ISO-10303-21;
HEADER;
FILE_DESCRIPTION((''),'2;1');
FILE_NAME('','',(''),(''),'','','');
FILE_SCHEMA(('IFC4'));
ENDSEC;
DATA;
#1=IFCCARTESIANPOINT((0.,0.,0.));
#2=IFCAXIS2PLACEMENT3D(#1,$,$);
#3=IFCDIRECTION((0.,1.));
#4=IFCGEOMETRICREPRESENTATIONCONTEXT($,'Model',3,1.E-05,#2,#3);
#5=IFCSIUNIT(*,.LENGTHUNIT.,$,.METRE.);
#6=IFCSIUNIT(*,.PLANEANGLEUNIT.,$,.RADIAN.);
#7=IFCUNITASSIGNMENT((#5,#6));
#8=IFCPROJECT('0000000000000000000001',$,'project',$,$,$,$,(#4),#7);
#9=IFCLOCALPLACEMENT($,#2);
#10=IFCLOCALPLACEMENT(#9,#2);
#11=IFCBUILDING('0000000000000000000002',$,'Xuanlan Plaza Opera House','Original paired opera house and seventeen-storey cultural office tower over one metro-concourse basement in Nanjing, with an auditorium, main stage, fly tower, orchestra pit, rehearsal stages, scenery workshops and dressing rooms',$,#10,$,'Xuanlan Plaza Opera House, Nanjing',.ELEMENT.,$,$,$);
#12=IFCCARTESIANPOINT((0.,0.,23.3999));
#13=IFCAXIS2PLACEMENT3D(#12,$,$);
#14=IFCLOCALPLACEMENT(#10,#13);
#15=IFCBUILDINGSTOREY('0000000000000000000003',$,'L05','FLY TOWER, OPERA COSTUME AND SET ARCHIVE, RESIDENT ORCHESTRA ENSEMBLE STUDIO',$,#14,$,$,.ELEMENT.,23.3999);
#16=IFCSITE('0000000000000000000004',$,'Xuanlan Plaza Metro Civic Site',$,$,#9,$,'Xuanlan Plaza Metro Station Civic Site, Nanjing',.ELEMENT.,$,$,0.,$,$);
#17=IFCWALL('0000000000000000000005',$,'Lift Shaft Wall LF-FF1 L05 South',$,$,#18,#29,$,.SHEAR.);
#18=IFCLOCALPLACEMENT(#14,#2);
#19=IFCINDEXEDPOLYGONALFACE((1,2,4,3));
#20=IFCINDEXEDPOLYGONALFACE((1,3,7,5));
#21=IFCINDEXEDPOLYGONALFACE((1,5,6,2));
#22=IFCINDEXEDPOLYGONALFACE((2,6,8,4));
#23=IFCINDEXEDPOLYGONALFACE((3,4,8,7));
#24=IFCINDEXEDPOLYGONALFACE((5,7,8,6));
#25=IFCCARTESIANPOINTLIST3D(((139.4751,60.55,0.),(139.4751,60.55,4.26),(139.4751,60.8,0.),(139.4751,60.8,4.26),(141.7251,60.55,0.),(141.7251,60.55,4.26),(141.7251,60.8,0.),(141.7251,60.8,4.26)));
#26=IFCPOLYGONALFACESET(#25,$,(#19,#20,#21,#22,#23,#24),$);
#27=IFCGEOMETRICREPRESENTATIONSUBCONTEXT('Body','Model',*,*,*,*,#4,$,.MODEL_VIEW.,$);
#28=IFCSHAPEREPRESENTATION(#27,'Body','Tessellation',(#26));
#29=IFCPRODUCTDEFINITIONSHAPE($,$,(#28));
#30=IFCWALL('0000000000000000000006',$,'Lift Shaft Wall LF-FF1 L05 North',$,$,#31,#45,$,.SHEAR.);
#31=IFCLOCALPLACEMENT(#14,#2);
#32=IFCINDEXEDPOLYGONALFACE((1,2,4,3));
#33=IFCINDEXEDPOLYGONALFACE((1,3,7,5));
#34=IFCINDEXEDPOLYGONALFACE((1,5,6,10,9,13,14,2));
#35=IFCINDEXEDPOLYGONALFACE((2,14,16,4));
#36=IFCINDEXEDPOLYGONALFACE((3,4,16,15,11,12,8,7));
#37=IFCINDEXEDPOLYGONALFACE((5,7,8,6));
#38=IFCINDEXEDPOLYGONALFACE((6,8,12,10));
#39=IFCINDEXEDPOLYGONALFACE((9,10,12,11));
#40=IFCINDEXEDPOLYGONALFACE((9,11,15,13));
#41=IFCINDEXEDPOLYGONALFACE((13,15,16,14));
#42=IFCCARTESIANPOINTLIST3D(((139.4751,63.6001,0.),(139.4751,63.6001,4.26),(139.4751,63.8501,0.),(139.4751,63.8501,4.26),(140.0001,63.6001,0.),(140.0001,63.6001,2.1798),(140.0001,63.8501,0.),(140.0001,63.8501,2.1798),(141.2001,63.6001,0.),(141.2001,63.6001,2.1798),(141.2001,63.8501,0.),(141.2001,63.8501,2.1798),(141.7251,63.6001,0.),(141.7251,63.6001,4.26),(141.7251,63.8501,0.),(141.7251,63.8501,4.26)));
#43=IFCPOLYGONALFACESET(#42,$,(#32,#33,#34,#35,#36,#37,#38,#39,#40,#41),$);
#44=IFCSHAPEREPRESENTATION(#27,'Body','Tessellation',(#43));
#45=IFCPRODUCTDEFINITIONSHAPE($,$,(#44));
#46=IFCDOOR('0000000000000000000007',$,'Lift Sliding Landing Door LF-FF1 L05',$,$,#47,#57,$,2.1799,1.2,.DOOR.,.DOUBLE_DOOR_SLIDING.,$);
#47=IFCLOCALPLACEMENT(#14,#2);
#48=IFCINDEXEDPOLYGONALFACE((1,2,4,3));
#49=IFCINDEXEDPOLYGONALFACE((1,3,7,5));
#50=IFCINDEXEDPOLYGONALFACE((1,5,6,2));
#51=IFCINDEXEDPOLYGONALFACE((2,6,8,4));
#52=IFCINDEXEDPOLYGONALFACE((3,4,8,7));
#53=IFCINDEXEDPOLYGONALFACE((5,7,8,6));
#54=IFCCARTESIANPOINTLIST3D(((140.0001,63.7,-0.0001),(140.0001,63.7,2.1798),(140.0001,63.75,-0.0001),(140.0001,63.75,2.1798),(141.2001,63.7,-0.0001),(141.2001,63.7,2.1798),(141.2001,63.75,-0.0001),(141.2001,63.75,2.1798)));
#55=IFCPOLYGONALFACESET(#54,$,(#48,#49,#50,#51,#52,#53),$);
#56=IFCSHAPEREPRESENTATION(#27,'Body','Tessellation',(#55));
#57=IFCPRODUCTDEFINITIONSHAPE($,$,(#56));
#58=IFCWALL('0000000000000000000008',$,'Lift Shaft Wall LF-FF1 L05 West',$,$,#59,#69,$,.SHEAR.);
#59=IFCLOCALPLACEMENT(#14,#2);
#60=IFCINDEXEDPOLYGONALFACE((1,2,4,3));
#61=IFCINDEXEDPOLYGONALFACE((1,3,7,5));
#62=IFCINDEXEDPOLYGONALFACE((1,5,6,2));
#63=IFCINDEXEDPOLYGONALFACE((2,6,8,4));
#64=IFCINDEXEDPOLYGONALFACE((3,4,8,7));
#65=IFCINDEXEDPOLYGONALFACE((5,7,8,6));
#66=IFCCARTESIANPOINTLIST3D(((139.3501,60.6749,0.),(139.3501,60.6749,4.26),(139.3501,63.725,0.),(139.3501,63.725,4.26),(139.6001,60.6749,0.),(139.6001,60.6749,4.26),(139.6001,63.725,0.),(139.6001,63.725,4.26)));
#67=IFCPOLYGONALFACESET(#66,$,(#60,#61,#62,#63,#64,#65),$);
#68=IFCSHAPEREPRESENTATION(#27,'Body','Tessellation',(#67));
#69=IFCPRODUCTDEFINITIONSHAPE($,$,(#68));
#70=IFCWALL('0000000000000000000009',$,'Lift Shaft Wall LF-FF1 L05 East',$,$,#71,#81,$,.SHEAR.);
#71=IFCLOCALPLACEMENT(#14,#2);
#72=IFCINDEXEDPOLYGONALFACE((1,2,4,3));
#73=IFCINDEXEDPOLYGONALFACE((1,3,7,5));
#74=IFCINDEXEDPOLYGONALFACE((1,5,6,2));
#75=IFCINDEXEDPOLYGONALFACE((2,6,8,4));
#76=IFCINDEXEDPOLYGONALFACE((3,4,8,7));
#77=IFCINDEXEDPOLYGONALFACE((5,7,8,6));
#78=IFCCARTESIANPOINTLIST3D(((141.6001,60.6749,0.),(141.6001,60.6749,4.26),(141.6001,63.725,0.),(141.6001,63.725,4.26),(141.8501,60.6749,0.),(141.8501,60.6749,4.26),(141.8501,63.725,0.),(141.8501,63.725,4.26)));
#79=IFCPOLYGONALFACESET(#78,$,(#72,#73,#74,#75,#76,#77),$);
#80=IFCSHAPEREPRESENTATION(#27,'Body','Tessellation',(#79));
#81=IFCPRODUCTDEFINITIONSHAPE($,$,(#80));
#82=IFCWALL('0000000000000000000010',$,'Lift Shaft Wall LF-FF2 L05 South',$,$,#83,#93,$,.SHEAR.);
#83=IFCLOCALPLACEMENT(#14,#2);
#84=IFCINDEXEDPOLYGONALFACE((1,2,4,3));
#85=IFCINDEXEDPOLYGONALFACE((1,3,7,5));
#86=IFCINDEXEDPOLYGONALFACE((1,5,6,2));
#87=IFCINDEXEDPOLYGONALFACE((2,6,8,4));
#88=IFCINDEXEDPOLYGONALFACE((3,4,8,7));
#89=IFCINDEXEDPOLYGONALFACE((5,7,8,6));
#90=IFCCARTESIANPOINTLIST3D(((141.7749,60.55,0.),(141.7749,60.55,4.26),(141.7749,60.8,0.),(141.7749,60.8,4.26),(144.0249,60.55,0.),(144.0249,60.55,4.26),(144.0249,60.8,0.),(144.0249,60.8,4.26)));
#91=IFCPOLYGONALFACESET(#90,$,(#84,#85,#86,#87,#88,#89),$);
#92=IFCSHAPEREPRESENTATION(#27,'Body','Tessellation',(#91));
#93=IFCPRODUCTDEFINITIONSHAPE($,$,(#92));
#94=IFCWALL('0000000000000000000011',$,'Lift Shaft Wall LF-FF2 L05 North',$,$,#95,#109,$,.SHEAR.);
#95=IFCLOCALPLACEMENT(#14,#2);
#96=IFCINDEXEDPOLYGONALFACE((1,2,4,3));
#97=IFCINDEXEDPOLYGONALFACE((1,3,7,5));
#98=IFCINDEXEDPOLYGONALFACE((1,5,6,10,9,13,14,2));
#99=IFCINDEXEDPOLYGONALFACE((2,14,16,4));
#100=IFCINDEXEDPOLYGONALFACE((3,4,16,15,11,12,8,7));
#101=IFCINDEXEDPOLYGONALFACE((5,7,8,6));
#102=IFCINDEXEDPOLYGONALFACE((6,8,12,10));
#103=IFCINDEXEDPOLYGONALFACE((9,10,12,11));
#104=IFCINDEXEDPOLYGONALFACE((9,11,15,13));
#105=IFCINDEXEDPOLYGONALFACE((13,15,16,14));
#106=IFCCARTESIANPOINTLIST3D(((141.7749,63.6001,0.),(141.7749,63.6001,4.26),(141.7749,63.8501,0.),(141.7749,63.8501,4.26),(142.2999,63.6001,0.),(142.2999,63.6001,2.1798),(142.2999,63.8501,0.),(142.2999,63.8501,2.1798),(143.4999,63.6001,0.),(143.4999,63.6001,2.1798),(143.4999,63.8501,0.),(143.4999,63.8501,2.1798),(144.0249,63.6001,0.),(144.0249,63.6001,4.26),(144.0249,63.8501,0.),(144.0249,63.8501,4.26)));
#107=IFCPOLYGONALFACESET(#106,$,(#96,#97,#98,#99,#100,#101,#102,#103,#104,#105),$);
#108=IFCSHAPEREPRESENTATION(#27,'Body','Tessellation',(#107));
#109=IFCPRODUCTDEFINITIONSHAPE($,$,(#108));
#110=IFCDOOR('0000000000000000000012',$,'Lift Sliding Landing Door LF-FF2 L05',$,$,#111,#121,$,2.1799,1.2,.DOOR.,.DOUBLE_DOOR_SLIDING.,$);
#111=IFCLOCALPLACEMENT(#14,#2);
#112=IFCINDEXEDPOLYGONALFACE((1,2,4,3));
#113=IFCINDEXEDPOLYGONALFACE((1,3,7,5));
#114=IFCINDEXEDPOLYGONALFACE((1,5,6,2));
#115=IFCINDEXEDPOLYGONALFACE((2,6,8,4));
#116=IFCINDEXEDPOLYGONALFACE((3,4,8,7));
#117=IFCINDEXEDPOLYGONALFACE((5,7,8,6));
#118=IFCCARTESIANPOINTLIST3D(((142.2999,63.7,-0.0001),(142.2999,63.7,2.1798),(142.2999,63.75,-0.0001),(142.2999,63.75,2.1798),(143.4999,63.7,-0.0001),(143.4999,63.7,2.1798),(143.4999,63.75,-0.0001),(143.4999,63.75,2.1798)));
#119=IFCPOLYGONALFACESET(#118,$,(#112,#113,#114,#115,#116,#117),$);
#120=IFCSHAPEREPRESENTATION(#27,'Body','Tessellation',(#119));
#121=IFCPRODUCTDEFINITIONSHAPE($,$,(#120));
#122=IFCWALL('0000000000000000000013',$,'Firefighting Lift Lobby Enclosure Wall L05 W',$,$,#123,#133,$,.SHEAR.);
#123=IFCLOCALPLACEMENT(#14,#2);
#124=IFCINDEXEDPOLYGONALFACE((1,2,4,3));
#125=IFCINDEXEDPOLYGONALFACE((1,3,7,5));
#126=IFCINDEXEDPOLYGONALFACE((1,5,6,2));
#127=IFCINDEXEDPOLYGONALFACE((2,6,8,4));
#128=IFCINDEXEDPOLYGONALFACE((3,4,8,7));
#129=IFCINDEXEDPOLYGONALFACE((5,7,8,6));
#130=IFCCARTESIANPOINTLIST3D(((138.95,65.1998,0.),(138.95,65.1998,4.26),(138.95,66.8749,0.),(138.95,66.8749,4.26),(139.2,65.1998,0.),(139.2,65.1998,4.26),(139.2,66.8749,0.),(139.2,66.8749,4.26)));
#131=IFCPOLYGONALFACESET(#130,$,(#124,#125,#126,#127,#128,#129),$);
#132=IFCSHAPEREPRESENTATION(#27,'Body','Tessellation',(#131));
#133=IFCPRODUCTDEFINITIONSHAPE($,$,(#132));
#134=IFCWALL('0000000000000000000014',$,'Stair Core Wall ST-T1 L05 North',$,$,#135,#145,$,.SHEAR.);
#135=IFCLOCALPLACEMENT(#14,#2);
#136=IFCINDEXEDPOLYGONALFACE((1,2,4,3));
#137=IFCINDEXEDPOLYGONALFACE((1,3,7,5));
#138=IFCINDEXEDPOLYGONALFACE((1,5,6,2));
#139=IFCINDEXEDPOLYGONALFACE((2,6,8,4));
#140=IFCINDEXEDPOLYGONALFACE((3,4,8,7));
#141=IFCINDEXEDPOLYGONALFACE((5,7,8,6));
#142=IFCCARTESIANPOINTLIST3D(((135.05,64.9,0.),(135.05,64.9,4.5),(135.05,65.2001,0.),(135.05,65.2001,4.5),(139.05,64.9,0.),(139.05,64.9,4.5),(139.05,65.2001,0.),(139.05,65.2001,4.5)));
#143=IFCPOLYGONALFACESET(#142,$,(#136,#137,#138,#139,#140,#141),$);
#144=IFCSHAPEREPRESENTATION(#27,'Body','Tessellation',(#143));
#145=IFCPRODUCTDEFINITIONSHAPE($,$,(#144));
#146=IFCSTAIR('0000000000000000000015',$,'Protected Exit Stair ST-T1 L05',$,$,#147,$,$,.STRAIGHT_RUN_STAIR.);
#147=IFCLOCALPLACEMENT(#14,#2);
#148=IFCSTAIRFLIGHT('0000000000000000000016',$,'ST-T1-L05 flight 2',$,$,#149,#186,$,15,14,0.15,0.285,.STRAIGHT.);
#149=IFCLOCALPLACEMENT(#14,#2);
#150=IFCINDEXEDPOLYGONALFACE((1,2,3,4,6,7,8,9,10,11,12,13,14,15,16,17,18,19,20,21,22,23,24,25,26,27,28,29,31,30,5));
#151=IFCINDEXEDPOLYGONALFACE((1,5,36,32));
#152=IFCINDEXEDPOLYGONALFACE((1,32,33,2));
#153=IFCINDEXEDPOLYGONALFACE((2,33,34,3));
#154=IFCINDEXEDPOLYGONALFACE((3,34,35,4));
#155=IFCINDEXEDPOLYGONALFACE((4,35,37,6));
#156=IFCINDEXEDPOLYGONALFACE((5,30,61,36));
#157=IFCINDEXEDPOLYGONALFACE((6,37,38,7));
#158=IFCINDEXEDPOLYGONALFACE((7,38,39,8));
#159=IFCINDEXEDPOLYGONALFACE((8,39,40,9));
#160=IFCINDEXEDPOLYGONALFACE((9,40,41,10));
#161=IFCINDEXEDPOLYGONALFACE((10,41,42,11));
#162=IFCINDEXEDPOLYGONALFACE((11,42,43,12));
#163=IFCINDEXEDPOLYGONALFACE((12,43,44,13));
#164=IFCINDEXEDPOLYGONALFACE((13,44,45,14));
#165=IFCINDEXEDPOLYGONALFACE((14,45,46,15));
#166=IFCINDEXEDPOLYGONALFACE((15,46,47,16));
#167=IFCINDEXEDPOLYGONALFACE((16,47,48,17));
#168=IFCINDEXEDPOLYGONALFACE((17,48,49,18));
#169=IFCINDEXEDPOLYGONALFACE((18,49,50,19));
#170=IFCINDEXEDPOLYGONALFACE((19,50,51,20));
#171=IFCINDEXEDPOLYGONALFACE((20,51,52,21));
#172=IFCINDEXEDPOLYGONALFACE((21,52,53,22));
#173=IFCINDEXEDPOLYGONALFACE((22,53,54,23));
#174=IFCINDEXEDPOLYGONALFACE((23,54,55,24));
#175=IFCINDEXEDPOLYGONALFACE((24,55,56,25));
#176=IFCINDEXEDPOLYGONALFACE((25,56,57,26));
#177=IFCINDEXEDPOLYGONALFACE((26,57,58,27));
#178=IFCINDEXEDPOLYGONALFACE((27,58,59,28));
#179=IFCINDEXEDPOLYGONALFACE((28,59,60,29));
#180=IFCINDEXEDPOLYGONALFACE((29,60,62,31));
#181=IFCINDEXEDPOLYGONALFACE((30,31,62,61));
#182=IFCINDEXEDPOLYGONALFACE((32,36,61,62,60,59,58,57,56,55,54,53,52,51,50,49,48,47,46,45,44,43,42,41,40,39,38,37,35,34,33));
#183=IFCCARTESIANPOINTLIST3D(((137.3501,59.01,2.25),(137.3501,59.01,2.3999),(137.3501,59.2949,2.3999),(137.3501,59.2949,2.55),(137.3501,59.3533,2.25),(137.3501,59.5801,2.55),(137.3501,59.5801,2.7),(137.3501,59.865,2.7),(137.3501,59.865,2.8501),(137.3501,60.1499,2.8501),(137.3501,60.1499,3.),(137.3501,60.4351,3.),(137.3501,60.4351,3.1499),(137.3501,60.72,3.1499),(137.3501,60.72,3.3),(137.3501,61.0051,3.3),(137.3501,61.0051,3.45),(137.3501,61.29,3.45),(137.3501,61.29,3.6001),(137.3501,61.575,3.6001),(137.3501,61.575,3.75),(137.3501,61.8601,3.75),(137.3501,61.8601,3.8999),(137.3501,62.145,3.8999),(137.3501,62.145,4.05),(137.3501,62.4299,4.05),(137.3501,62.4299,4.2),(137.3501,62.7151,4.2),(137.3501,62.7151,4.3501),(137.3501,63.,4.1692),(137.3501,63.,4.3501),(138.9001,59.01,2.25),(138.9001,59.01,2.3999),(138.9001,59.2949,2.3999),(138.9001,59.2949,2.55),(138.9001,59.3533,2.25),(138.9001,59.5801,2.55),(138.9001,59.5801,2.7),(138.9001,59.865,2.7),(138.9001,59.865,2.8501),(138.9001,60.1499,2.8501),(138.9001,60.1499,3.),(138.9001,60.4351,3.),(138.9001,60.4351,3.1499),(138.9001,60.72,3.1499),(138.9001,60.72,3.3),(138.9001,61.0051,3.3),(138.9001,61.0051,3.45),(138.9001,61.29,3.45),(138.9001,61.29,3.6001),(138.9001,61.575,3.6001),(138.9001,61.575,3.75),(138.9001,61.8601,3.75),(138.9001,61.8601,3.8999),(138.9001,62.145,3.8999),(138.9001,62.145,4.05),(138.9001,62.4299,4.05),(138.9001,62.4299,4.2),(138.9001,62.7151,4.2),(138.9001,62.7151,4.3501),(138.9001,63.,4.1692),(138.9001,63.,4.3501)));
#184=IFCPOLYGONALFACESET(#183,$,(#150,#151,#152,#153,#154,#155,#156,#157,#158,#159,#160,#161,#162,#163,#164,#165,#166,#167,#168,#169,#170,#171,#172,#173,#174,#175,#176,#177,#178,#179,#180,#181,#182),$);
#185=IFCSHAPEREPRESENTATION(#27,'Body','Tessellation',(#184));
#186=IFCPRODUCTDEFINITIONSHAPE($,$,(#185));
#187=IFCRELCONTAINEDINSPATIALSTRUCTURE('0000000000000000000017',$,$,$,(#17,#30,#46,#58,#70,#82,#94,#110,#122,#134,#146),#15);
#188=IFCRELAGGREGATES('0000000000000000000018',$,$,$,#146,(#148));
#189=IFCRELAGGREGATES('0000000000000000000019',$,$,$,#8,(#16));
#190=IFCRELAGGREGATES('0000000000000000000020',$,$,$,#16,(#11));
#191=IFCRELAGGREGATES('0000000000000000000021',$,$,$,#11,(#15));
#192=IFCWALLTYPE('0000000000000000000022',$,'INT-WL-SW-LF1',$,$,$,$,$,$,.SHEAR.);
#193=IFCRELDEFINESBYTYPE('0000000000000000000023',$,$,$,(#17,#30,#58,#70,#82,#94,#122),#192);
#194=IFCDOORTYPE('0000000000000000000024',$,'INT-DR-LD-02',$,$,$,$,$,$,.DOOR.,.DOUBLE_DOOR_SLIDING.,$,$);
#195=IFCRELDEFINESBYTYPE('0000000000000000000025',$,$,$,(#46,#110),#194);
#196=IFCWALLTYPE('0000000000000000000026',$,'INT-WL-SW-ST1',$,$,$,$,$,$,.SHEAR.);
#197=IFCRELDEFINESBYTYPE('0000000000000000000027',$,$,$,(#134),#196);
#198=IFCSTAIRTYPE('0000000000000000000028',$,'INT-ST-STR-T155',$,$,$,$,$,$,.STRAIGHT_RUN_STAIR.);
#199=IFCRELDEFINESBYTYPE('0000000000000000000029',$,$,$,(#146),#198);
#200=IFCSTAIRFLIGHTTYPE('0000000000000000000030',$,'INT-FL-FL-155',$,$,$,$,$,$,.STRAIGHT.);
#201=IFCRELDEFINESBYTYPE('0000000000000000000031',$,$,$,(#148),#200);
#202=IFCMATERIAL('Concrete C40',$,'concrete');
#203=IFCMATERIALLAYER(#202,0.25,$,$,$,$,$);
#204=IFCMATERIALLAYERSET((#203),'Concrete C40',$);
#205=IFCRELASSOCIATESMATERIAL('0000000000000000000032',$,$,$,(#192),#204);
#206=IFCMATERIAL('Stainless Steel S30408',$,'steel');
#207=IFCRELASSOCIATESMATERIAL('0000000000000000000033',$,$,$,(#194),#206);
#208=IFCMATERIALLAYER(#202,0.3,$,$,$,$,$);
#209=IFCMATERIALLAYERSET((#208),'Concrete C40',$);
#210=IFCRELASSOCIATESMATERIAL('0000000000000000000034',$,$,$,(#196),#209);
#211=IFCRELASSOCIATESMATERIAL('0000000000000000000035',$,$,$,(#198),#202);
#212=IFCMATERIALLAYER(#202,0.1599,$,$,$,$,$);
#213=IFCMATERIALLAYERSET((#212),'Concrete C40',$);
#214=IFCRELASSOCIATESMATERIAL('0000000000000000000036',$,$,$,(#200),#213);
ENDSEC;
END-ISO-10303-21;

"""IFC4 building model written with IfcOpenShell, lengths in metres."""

from ifc_helpers import new_model, si_unit, direction, frame, frame_2d, origin, place, context, subcontext, project, spatial, polyline, rectangle, outline, extrude, material, layer, layer_set, type_object, element, fill, aggregate, save


model = new_model("IFC4")

# Units and contexts
model_context = context("Model", 3, precision=1e-05, world=origin(), true_north=direction((0.0, 1.0)))
body_context = subcontext(model_context, "Body", "Model", "MODEL_VIEW")
ifc_project = project(units=[si_unit("LENGTHUNIT", "METRE"), si_unit("PLANEANGLEUNIT", "RADIAN")], contexts=[model_context])

# Site, building, storey
site_placement = place(None, origin())
site = spatial("IfcSite", under=ifc_project, at=site_placement, Name="Xuanlan Plaza Metro Civic Site", LongName="Xuanlan Plaza Metro Station Civic Site, Nanjing", CompositionType="ELEMENT", RefElevation=0.0)
building_placement = place(site_placement, origin())
building = spatial("IfcBuilding", under=site, at=building_placement, Name="Xuanlan Plaza Opera House", Description="Original paired opera house and seventeen-storey cultural office tower over one metro-concourse basement in Nanjing, with an auditorium, main stage, fly tower, orchestra pit, rehearsal stages, scenery workshops and dressing rooms", LongName="Xuanlan Plaza Opera House, Nanjing", CompositionType="ELEMENT")
storey_placement = place(building_placement, frame((0.0, 0.0, 23.3999)))
storey = spatial("IfcBuildingStorey", under=building, at=storey_placement, Name="L05", Description="FLY TOWER, OPERA COSTUME AND SET ARCHIVE, RESIDENT ORCHESTRA ENSEMBLE STUDIO", CompositionType="ELEMENT", Elevation=23.3999)

# Wall
ifc_material_1 = material(Name="Concrete C40", Category="concrete")
ifc_layer_1 = layer(ifc_material_1, 0.25)
ifc_layer_set_1 = layer_set([ifc_layer_1], Name="Concrete C40")
wall_type_1 = type_object("IfcWallType", Name="INT-WL-SW-LF1", PredefinedType="SHEAR", material=ifc_layer_set_1)
wall_1_placement = place(storey_placement, frame((139.4751, 60.675, 0.0), z_axis=(0.0, 0.0, 1.0), x_axis=(1.0, 0.0, 0.0)))
element("IfcWall", 1, at=wall_1_placement, inside=storey, type_object=wall_type_1, Name="Lift Shaft Wall LF-FF1 L05 South", PredefinedType="SHEAR", context=body_context, shape_type="SweptSolid", body=[
    extrude(rectangle(XDim=2.25, YDim=0.25, at=frame_2d((1.125, 0.0))), origin(), (0.0, 0.0, 1.0), 4.26),
])

# Wall, opening, door
wall_2_placement = place(storey_placement, frame((139.4751, 63.7251, 0.0), z_axis=(0.0, 0.0, 1.0), x_axis=(1.0, 0.0, 0.0)))
wall_2 = element("IfcWall", 2, at=wall_2_placement, inside=storey, type_object=wall_type_1, Name="Lift Shaft Wall LF-FF1 L05 North", PredefinedType="SHEAR", context=body_context, shape_type="SweptSolid", body=[
    extrude(rectangle(XDim=2.25, YDim=0.25, at=frame_2d((1.125, 0.0))), origin(), (0.0, 0.0, 1.0), 4.26),
])
opening_1_placement = place(wall_2_placement, frame((0.5249, 0.0, 0.0)))
opening_1 = element("IfcOpeningElement", 3, at=opening_1_placement, cuts=wall_2, PredefinedType="OPENING", context=body_context, shape_type="SweptSolid", body=[
    extrude(rectangle(XDim=1.2, YDim=2.1799, at=frame_2d((0.6001, 1.0898))), frame((0.0, 0.135, 0.0), z_axis=(0.0, -1.0, 0.0), x_axis=(1.0, 0.0, 0.0)), (0.0, 0.0, 1.0), 0.27),
])
ifc_material_2 = material(Name="Stainless Steel S30408", Category="steel")
door_type_1 = type_object("IfcDoorType", Name="INT-DR-LD-02", OperationType="DOUBLE_DOOR_SLIDING", PredefinedType="DOOR", material=ifc_material_2)
door_1_placement = place(opening_1_placement, origin())
door_1 = element("IfcDoor", 4, at=door_1_placement, inside=storey, type_object=door_type_1, Name="Lift Sliding Landing Door LF-FF1 L05", OperationType="DOUBLE_DOOR_SLIDING", OverallHeight=2.1799, OverallWidth=1.2, PredefinedType="DOOR", context=body_context, shape_type="SweptSolid", body=[
    extrude(rectangle(XDim=1.2, YDim=2.1799, at=frame_2d((0.6001, 1.0898))), frame((0.0, 0.0249, 0.0), z_axis=(0.0, -1.0, 0.0), x_axis=(1.0, 0.0, 0.0)), (0.0, 0.0, 1.0), 0.05),
])
fill(opening_1, door_1)

# Walls
for number, where, z_axis, x_axis, name in (
    (5, (139.4751, 60.675, 0.0), (0.0, 0.0, 1.0), (0.0, 1.0, 0.0), "Lift Shaft Wall LF-FF1 L05 West"),
    (6, (141.7251, 60.675, 0.0), (0.0, 0.0, 1.0), (0.0, 1.0, 0.0), "Lift Shaft Wall LF-FF1 L05 East"),
):
    element("IfcWall", number, at=place(storey_placement, frame(where, z_axis=z_axis, x_axis=x_axis)), inside=storey, type_object=wall_type_1, Name=name, PredefinedType="SHEAR", context=body_context, shape_type="SweptSolid", body=[
        extrude(rectangle(XDim=3.05, YDim=0.25, at=frame_2d((1.5249, 0.0))), origin(), (0.0, 0.0, 1.0), 4.26),
    ])
wall_3_placement = place(storey_placement, frame((141.7749, 60.675, 0.0), z_axis=(0.0, 0.0, 1.0), x_axis=(1.0, 0.0, 0.0)))
element("IfcWall", 7, at=wall_3_placement, inside=storey, type_object=wall_type_1, Name="Lift Shaft Wall LF-FF2 L05 South", PredefinedType="SHEAR", context=body_context, shape_type="SweptSolid", body=[
    extrude(rectangle(XDim=2.25, YDim=0.25, at=frame_2d((1.125, 0.0))), origin(), (0.0, 0.0, 1.0), 4.26),
])

# Wall, opening, door
wall_4_placement = place(storey_placement, frame((141.7749, 63.7251, 0.0), z_axis=(0.0, 0.0, 1.0), x_axis=(1.0, 0.0, 0.0)))
wall_4 = element("IfcWall", 8, at=wall_4_placement, inside=storey, type_object=wall_type_1, Name="Lift Shaft Wall LF-FF2 L05 North", PredefinedType="SHEAR", context=body_context, shape_type="SweptSolid", body=[
    extrude(rectangle(XDim=2.25, YDim=0.25, at=frame_2d((1.125, 0.0))), origin(), (0.0, 0.0, 1.0), 4.26),
])
opening_2_placement = place(wall_4_placement, frame((0.5249, 0.0, 0.0)))
opening_2 = element("IfcOpeningElement", 9, at=opening_2_placement, cuts=wall_4, PredefinedType="OPENING", context=body_context, shape_type="SweptSolid", body=[
    extrude(rectangle(XDim=1.2, YDim=2.1799, at=frame_2d((0.6001, 1.0898))), frame((0.0, 0.135, 0.0), z_axis=(0.0, -1.0, 0.0), x_axis=(1.0, 0.0, 0.0)), (0.0, 0.0, 1.0), 0.27),
])
door_2_placement = place(opening_2_placement, origin())
door_2 = element("IfcDoor", 10, at=door_2_placement, inside=storey, type_object=door_type_1, Name="Lift Sliding Landing Door LF-FF2 L05", OperationType="DOUBLE_DOOR_SLIDING", OverallHeight=2.1799, OverallWidth=1.2, PredefinedType="DOOR", context=body_context, shape_type="SweptSolid", body=[
    extrude(rectangle(XDim=1.2, YDim=2.1799, at=frame_2d((0.6001, 1.0898))), frame((0.0, 0.0249, 0.0), z_axis=(0.0, -1.0, 0.0), x_axis=(1.0, 0.0, 0.0)), (0.0, 0.0, 1.0), 0.05),
])
fill(opening_2, door_2)

# Walls
wall_5_placement = place(storey_placement, frame((139.075, 65.2, 0.0), z_axis=(0.0, 0.0, 1.0), x_axis=(0.0, 1.0, 0.0)))
element("IfcWall", 11, at=wall_5_placement, inside=storey, type_object=wall_type_1, Name="Firefighting Lift Lobby Enclosure Wall L05 W", PredefinedType="SHEAR", context=body_context, shape_type="SweptSolid", body=[
    extrude(rectangle(XDim=1.675, YDim=0.25, at=frame_2d((0.8374, 0.0))), origin(), (0.0, 0.0, 1.0), 4.26),
])
ifc_layer_2 = layer(ifc_material_1, 0.3)
ifc_layer_set_2 = layer_set([ifc_layer_2], Name="Concrete C40")
wall_type_2 = type_object("IfcWallType", Name="INT-WL-SW-ST1", PredefinedType="SHEAR", material=ifc_layer_set_2)
wall_6_placement = place(storey_placement, frame((135.05, 65.05, 0.0), z_axis=(0.0, 0.0, 1.0), x_axis=(1.0, 0.0, 0.0)))
element("IfcWall", 12, at=wall_6_placement, inside=storey, type_object=wall_type_2, Name="Stair Core Wall ST-T1 L05 North", PredefinedType="SHEAR", context=body_context, shape_type="SweptSolid", body=[
    extrude(rectangle(XDim=4.0, YDim=0.3, at=frame_2d((2.0, 0.0))), origin(), (0.0, 0.0, 1.0), 4.5),
])

# Stair, stair flight
stair_type = type_object("IfcStairType", Name="INT-ST-STR-T155", PredefinedType="STRAIGHT_RUN_STAIR", material=ifc_material_1)
stair_placement = place(storey_placement, origin())
stair = element("IfcStair", 13, at=stair_placement, inside=storey, type_object=stair_type, Name="Protected Exit Stair ST-T1 L05", PredefinedType="STRAIGHT_RUN_STAIR")
ifc_layer_3 = layer(ifc_material_1, 0.1599)
ifc_layer_set_3 = layer_set([ifc_layer_3], Name="Concrete C40")
stair_flight_type = type_object("IfcStairFlightType", Name="INT-FL-FL-155", PredefinedType="STRAIGHT", material=ifc_layer_set_3)
stair_flight_placement = place(storey_placement, frame((138.125, 59.01, 2.25), z_axis=(0.0, 0.0, 1.0), x_axis=(0.0, 1.0, 0.0)))
stair_flight = element("IfcStairFlight", 14, at=stair_flight_placement, type_object=stair_flight_type, Name="ST-T1-L05 flight 2", NumberOfRisers=15, NumberOfTreads=14, PredefinedType="STRAIGHT", RiserHeight=0.15, TreadLength=0.285, context=body_context, shape_type="SweptSolid", body=[
    extrude(outline(polyline([(0.0, 0.0), (0.0, 0.1499), (0.2849, 0.1499), (0.2849, 0.3), (0.5701, 0.3), (0.5701, 0.45), (0.855, 0.45), (0.855, 0.6001), (1.1399, 0.6001), (1.1399, 0.75), (1.425, 0.75), (1.425, 0.8999), (1.71, 0.8999), (1.71, 1.05), (1.9951, 1.05), (1.9951, 1.2), (2.28, 1.2), (2.28, 1.3501), (2.5649, 1.3501), (2.5649, 1.5), (2.8501, 1.5), (2.8501, 1.6499), (3.135, 1.6499), (3.135, 1.8), (3.4199, 1.8), (3.4199, 1.95), (3.7051, 1.95), (3.7051, 2.1001), (3.99, 2.1001), (3.99, 2.25), (3.99, 1.9192), (0.3433, 0.0), (0.0, 0.0)])), frame((0.0, 0.7749, 0.0), z_axis=(0.0, -1.0, 0.0), x_axis=(1.0, 0.0, 0.0)), (0.0, 0.0, 1.0), 1.55),
])
aggregate(stair, [stair_flight])

save(model, "model.ifc")
